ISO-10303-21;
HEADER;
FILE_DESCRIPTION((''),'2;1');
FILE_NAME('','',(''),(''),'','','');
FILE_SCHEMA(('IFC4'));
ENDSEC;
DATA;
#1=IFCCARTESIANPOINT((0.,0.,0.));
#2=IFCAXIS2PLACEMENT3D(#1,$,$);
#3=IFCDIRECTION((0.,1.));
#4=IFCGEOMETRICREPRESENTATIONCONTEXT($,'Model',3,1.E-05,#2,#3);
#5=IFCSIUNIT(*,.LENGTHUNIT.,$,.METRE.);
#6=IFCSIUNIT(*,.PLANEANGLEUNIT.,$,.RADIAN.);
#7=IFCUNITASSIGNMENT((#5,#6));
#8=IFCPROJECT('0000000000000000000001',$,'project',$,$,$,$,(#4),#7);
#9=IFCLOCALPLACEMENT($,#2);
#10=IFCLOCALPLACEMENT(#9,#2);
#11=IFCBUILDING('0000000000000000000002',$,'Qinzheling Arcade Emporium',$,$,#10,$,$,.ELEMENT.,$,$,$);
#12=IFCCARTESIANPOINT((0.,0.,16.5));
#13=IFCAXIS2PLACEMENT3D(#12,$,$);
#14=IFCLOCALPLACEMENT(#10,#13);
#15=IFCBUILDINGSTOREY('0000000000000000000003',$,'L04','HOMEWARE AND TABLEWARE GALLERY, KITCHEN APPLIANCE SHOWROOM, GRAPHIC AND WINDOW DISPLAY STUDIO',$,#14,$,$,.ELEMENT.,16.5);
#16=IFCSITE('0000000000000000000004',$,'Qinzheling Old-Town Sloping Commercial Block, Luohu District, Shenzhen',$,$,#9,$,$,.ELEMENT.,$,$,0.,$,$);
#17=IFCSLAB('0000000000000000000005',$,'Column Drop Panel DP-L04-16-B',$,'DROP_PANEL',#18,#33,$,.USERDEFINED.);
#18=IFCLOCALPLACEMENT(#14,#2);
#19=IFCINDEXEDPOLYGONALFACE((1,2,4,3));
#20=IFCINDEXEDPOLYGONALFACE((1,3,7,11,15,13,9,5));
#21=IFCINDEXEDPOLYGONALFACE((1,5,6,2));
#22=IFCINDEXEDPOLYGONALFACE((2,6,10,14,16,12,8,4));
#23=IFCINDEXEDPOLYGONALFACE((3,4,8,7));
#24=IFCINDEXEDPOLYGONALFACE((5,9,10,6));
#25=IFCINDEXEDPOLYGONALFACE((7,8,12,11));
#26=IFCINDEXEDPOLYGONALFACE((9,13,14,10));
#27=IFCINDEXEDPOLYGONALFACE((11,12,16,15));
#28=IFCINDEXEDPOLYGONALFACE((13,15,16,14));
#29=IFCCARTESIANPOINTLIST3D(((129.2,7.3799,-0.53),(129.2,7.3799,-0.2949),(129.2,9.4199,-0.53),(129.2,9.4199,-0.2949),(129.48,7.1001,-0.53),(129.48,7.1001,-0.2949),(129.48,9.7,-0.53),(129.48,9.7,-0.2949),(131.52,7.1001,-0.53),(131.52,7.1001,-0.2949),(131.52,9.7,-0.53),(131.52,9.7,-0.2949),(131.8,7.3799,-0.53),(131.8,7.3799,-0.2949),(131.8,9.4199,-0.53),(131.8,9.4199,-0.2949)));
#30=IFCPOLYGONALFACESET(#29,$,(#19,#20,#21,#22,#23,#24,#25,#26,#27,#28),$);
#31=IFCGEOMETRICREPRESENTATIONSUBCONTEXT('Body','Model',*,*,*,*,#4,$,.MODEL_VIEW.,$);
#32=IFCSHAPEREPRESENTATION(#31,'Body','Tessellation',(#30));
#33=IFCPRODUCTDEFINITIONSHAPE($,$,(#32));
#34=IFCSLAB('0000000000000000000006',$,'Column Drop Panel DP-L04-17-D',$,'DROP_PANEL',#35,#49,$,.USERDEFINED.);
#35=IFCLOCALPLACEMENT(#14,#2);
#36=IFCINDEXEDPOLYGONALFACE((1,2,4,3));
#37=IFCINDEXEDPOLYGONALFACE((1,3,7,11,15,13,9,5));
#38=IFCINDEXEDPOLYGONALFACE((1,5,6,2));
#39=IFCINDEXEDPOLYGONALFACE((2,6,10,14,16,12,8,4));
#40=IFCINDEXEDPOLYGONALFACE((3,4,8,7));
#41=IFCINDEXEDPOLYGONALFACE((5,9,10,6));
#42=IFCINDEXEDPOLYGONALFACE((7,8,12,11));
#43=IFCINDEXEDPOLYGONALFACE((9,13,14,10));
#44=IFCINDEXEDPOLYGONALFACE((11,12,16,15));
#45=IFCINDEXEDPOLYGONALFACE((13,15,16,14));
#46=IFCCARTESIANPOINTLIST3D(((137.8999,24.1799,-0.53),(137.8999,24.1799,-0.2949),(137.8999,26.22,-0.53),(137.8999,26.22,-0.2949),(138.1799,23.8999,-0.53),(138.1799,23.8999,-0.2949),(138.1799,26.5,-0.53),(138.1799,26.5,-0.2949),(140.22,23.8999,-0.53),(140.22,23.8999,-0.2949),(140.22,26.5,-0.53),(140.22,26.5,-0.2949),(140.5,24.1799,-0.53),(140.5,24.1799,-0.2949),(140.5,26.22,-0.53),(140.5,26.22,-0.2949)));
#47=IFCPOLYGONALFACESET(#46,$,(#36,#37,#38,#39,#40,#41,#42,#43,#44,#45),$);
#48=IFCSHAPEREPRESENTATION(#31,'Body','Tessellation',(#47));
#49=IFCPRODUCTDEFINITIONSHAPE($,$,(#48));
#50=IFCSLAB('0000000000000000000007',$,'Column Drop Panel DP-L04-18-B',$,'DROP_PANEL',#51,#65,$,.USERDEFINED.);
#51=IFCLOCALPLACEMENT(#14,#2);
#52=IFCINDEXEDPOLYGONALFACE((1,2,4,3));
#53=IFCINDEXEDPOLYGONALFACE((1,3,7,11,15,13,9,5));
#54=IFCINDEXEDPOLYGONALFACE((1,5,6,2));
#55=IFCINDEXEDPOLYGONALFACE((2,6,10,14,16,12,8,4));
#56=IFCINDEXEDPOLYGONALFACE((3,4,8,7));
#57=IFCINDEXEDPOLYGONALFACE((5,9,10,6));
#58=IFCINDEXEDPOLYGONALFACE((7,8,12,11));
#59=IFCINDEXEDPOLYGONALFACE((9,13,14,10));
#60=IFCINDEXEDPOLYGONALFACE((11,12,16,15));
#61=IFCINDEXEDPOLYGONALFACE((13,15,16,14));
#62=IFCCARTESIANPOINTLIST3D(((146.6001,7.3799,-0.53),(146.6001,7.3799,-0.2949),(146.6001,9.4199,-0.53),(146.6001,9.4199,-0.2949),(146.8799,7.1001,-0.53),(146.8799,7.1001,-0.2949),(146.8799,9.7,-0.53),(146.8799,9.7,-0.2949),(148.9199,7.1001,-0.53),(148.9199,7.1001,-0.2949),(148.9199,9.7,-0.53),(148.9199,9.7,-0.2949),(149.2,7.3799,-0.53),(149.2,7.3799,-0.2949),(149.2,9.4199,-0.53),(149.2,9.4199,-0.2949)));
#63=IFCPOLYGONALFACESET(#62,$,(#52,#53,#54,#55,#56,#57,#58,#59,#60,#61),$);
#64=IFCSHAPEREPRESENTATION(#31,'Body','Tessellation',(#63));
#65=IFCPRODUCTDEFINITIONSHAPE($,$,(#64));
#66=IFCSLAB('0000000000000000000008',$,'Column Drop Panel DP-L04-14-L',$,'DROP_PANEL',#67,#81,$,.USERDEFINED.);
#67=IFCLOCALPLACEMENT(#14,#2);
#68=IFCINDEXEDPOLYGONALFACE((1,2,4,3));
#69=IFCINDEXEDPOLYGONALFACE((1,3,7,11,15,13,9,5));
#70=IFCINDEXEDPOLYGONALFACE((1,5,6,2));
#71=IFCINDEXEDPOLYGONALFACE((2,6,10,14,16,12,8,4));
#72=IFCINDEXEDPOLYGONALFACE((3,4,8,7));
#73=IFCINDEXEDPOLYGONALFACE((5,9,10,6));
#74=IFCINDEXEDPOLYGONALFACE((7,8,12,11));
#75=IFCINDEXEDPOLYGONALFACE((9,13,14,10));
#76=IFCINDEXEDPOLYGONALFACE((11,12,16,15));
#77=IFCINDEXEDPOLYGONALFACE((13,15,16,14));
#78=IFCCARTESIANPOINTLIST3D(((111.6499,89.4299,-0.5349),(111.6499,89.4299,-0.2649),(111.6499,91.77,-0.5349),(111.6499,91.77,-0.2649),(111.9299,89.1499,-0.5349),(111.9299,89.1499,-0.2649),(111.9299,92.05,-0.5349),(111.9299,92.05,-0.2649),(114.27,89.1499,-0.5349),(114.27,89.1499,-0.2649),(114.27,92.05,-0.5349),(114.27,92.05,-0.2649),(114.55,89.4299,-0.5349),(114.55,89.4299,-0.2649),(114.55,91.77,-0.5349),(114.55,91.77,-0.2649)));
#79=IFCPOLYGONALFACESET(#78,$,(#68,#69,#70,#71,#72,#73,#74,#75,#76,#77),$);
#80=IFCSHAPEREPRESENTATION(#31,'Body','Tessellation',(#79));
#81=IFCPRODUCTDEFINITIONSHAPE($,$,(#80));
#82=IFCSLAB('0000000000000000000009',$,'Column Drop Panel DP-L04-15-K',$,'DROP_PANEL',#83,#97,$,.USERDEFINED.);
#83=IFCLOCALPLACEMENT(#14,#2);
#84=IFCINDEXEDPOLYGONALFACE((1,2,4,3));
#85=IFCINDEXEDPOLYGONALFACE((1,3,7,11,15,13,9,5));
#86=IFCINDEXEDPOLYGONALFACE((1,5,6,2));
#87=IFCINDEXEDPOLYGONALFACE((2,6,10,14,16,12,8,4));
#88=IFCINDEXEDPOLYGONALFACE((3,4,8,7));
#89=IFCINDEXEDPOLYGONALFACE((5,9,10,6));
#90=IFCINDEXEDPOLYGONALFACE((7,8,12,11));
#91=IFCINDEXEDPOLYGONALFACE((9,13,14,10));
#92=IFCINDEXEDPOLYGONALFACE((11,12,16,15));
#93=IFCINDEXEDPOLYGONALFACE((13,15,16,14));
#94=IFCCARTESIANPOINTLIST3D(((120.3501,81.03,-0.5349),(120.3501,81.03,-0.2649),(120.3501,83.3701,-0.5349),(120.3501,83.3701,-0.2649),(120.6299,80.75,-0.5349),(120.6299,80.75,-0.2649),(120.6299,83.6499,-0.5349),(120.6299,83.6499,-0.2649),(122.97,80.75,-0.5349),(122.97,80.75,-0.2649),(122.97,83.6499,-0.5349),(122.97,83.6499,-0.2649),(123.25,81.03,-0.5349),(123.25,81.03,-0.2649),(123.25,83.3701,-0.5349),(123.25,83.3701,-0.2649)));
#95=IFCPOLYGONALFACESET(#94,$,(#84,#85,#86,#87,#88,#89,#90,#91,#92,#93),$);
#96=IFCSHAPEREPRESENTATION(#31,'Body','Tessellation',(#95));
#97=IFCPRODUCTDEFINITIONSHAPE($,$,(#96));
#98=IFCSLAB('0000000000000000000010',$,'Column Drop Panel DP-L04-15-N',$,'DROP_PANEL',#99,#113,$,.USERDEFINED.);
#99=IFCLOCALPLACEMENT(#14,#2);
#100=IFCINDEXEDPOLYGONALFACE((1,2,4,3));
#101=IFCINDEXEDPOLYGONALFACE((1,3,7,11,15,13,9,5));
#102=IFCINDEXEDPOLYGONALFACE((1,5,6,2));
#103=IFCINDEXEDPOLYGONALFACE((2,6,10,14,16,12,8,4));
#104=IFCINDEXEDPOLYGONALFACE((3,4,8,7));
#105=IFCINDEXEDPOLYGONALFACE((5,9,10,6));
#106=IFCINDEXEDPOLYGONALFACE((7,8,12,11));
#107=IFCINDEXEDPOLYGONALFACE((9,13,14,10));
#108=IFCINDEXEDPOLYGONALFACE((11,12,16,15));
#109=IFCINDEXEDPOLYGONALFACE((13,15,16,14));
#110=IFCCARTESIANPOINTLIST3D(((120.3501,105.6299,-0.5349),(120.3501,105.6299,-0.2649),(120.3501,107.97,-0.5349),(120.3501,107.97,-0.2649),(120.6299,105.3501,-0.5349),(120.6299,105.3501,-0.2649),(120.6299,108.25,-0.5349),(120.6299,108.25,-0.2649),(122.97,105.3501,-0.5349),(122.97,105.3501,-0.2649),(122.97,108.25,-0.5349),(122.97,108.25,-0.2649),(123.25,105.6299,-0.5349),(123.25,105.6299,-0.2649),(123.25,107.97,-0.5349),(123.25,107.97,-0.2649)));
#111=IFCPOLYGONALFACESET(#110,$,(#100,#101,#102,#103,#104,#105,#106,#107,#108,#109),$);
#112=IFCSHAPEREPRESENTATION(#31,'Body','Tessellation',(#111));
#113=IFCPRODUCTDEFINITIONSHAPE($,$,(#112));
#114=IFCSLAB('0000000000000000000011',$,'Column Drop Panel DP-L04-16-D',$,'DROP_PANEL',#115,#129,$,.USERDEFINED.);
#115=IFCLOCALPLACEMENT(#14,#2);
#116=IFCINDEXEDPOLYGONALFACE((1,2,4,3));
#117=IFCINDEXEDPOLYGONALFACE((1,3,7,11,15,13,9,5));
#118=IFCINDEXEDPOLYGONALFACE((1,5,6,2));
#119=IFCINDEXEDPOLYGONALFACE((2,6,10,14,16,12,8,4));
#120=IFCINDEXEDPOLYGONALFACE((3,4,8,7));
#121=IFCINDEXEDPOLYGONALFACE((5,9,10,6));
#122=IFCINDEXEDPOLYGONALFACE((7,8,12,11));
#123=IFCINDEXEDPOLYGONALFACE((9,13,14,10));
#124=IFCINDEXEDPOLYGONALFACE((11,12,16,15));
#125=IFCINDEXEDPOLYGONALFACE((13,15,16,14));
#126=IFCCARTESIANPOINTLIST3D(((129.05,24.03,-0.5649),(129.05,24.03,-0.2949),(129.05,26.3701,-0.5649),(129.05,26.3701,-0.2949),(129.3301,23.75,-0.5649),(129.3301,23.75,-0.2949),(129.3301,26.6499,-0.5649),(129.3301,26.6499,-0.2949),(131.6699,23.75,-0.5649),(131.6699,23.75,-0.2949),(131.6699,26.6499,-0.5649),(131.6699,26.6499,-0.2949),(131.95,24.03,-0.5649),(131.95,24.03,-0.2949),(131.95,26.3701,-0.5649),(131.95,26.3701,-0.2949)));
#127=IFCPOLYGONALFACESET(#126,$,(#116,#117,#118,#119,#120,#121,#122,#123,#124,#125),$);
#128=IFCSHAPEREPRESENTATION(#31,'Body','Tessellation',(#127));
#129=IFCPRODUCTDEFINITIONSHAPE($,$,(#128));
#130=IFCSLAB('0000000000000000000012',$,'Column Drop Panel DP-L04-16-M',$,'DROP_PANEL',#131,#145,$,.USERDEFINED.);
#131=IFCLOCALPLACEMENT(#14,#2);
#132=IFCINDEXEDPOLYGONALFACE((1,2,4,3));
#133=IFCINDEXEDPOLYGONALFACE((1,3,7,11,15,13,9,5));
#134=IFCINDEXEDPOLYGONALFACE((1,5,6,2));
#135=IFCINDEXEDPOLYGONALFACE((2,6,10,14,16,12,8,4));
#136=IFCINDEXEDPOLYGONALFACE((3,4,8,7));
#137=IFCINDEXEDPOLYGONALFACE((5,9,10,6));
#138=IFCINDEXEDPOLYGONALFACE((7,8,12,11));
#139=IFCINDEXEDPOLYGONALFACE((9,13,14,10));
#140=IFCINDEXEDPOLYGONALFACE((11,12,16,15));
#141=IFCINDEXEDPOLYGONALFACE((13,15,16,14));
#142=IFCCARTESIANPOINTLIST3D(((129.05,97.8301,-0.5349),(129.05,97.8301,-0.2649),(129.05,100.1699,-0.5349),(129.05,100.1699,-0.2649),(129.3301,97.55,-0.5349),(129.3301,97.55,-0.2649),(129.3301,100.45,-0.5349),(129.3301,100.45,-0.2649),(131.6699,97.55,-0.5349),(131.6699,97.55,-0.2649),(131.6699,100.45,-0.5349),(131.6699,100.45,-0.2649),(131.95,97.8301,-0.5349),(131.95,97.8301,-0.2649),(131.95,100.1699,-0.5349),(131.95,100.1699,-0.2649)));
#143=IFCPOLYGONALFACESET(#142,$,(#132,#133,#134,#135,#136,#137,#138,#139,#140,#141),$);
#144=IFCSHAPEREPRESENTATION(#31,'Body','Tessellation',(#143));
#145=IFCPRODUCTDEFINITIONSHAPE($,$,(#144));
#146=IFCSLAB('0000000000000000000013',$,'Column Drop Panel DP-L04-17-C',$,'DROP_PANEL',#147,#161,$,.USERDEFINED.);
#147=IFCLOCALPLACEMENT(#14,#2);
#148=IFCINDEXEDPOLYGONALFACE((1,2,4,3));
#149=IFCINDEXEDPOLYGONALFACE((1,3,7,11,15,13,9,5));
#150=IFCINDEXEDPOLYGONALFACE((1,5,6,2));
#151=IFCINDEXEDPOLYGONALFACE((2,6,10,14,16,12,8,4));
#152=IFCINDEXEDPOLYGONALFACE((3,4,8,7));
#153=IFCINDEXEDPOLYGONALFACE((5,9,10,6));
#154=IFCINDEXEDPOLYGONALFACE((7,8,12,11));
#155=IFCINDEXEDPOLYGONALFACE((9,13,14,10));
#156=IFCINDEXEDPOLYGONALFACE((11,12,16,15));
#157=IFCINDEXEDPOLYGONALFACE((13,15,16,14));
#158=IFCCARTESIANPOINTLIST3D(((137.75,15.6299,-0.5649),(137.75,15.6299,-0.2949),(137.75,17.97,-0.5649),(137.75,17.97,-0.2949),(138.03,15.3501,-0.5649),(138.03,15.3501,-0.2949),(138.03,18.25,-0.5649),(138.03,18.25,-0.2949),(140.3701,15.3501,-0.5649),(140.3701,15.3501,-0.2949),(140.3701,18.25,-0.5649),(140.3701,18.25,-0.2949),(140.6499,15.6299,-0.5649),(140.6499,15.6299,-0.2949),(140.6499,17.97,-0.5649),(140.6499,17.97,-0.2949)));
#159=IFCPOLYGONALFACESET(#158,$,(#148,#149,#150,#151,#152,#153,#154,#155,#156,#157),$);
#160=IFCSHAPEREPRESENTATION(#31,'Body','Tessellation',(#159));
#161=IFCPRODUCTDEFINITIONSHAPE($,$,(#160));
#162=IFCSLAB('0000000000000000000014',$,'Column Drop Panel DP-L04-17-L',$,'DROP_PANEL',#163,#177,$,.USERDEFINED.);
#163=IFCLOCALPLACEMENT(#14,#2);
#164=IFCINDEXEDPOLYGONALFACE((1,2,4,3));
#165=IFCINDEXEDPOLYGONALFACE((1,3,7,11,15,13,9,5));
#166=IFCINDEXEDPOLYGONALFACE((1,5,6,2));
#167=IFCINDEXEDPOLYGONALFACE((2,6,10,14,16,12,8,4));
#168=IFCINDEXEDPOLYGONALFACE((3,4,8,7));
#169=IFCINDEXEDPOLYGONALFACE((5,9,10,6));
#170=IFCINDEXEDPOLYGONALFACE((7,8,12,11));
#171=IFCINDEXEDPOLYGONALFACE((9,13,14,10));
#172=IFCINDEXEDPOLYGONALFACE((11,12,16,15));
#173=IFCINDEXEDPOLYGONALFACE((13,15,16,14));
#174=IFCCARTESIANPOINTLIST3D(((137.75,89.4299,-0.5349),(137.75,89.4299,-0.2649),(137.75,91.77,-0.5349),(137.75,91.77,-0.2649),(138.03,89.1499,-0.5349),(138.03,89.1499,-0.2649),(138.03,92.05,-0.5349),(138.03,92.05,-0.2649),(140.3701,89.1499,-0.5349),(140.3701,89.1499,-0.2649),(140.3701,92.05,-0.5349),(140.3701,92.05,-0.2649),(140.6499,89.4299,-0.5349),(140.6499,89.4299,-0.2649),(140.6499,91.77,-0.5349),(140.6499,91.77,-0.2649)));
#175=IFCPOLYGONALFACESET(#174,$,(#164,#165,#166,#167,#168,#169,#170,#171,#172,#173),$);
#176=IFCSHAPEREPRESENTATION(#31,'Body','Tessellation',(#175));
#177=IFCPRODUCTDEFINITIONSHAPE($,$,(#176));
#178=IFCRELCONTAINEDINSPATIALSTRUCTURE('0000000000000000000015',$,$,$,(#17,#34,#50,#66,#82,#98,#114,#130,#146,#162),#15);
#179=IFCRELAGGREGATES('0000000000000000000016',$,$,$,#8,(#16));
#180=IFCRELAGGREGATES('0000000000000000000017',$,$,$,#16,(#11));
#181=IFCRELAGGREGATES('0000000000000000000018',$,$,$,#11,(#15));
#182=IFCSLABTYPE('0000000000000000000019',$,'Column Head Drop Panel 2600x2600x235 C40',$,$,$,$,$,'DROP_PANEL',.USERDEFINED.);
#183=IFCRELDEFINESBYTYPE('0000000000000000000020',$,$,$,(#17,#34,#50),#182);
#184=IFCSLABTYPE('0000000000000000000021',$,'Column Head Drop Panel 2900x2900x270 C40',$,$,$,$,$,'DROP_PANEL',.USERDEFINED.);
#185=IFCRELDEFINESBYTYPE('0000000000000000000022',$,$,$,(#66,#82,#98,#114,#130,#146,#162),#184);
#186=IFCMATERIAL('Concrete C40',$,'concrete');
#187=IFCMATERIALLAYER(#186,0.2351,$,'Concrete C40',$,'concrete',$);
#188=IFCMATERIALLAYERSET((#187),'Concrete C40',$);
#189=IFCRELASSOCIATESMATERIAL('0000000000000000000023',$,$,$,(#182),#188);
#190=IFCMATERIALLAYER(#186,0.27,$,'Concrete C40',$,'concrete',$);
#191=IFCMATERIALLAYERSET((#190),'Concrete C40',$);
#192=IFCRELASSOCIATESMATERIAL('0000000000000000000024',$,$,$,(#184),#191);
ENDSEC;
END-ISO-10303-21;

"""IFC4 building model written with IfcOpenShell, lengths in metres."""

from ifc_helpers import new_model, si_unit, direction, frame, origin, place, context, subcontext, project, spatial, polyline, outline, extrude, material, layer, layer_set, type_object, element, save


model = new_model("IFC4")

# Units and contexts
model_context = context("Model", 3, precision=1e-05, world=origin(), true_north=direction((0.0, 1.0)))
body_context = subcontext(model_context, "Body", "Model", "MODEL_VIEW")
ifc_project = project(units=[si_unit("LENGTHUNIT", "METRE"), si_unit("PLANEANGLEUNIT", "RADIAN")], contexts=[model_context])

# Site, building, storey
site_placement = place(None, origin())
site = spatial("IfcSite", under=ifc_project, at=site_placement, Name="Qinzheling Old-Town Sloping Commercial Block, Luohu District, Shenzhen", CompositionType="ELEMENT", RefElevation=0.0)
building_placement = place(site_placement, origin())
building = spatial("IfcBuilding", under=site, at=building_placement, Name="Qinzheling Arcade Emporium", CompositionType="ELEMENT")
storey_placement = place(building_placement, frame((0.0, 0.0, 16.5)))
storey = spatial("IfcBuildingStorey", under=building, at=storey_placement, Name="L04", Description="HOMEWARE AND TABLEWARE GALLERY, KITCHEN APPLIANCE SHOWROOM, GRAPHIC AND WINDOW DISPLAY STUDIO", CompositionType="ELEMENT", Elevation=16.5)

# Slabs
ifc_material = material(Name="Concrete C40", Category="concrete")
ifc_layer_1 = layer(ifc_material, 0.2351, Name="Concrete C40", Category="concrete")
ifc_layer_set_1 = layer_set([ifc_layer_1], Name="Concrete C40")
slab_type_1 = type_object("IfcSlabType", Name="Column Head Drop Panel 2600x2600x235 C40", ElementType="DROP_PANEL", PredefinedType="USERDEFINED", material=ifc_layer_set_1)
slab_1_placement = place(storey_placement, frame((0.0, 0.0, -0.53)))
element("IfcSlab", 1, at=slab_1_placement, inside=storey, type_object=slab_type_1, Name="Column Drop Panel DP-L04-16-B", ObjectType="DROP_PANEL", PredefinedType="USERDEFINED", context=body_context, shape_type="SweptSolid", body=[
    extrude(outline(polyline([(129.48, 7.1001), (131.52, 7.1001), (131.8, 7.3799), (131.8, 9.4199), (131.52, 9.7), (129.48, 9.7), (129.2, 9.4199), (129.2, 7.3799), (129.48, 7.1001)])), origin(), (0.0, 0.0, 1.0), 0.2351),
])
slab_2_placement = place(storey_placement, frame((0.0, 0.0, -0.53)))
element("IfcSlab", 2, at=slab_2_placement, inside=storey, type_object=slab_type_1, Name="Column Drop Panel DP-L04-17-D", ObjectType="DROP_PANEL", PredefinedType="USERDEFINED", context=body_context, shape_type="SweptSolid", body=[
    extrude(outline(polyline([(138.1799, 23.8999), (140.22, 23.8999), (140.5, 24.1799), (140.5, 26.22), (140.22, 26.5), (138.1799, 26.5), (137.8999, 26.22), (137.8999, 24.1799), (138.1799, 23.8999)])), origin(), (0.0, 0.0, 1.0), 0.2351),
])
slab_3_placement = place(storey_placement, frame((0.0, 0.0, -0.53)))
element("IfcSlab", 3, at=slab_3_placement, inside=storey, type_object=slab_type_1, Name="Column Drop Panel DP-L04-18-B", ObjectType="DROP_PANEL", PredefinedType="USERDEFINED", context=body_context, shape_type="SweptSolid", body=[
    extrude(outline(polyline([(146.8799, 7.1001), (148.9199, 7.1001), (149.2, 7.3799), (149.2, 9.4199), (148.9199, 9.7), (146.8799, 9.7), (146.6001, 9.4199), (146.6001, 7.3799), (146.8799, 7.1001)])), origin(), (0.0, 0.0, 1.0), 0.2351),
])
ifc_layer_2 = layer(ifc_material, 0.27, Name="Concrete C40", Category="concrete")
ifc_layer_set_2 = layer_set([ifc_layer_2], Name="Concrete C40")
slab_type_2 = type_object("IfcSlabType", Name="Column Head Drop Panel 2900x2900x270 C40", ElementType="DROP_PANEL", PredefinedType="USERDEFINED", material=ifc_layer_set_2)
slab_4_placement = place(storey_placement, frame((0.0, 0.0, -0.5349)))
element("IfcSlab", 4, at=slab_4_placement, inside=storey, type_object=slab_type_2, Name="Column Drop Panel DP-L04-14-L", ObjectType="DROP_PANEL", PredefinedType="USERDEFINED", context=body_context, shape_type="SweptSolid", body=[
    extrude(outline(polyline([(111.9299, 89.1499), (114.27, 89.1499), (114.55, 89.4299), (114.55, 91.77), (114.27, 92.05), (111.9299, 92.05), (111.6499, 91.77), (111.6499, 89.4299), (111.9299, 89.1499)])), origin(), (0.0, 0.0, 1.0), 0.27),
])
slab_5_placement = place(storey_placement, frame((0.0, 0.0, -0.5349)))
element("IfcSlab", 5, at=slab_5_placement, inside=storey, type_object=slab_type_2, Name="Column Drop Panel DP-L04-15-K", ObjectType="DROP_PANEL", PredefinedType="USERDEFINED", context=body_context, shape_type="SweptSolid", body=[
    extrude(outline(polyline([(120.6299, 80.75), (122.97, 80.75), (123.25, 81.03), (123.25, 83.3701), (122.97, 83.6499), (120.6299, 83.6499), (120.3501, 83.3701), (120.3501, 81.03), (120.6299, 80.75)])), origin(), (0.0, 0.0, 1.0), 0.27),
])
slab_6_placement = place(storey_placement, frame((0.0, 0.0, -0.5349)))
element("IfcSlab", 6, at=slab_6_placement, inside=storey, type_object=slab_type_2, Name="Column Drop Panel DP-L04-15-N", ObjectType="DROP_PANEL", PredefinedType="USERDEFINED", context=body_context, shape_type="SweptSolid", body=[
    extrude(outline(polyline([(120.6299, 105.3501), (122.97, 105.3501), (123.25, 105.6299), (123.25, 107.97), (122.97, 108.25), (120.6299, 108.25), (120.3501, 107.97), (120.3501, 105.6299), (120.6299, 105.3501)])), origin(), (0.0, 0.0, 1.0), 0.27),
])
slab_7_placement = place(storey_placement, frame((0.0, 0.0, -0.5649)))
element("IfcSlab", 7, at=slab_7_placement, inside=storey, type_object=slab_type_2, Name="Column Drop Panel DP-L04-16-D", ObjectType="DROP_PANEL", PredefinedType="USERDEFINED", context=body_context, shape_type="SweptSolid", body=[
    extrude(outline(polyline([(129.3301, 23.75), (131.6699, 23.75), (131.95, 24.03), (131.95, 26.3701), (131.6699, 26.6499), (129.3301, 26.6499), (129.05, 26.3701), (129.05, 24.03), (129.3301, 23.75)])), origin(), (0.0, 0.0, 1.0), 0.27),
])
slab_8_placement = place(storey_placement, frame((0.0, 0.0, -0.5349)))
element("IfcSlab", 8, at=slab_8_placement, inside=storey, type_object=slab_type_2, Name="Column Drop Panel DP-L04-16-M", ObjectType="DROP_PANEL", PredefinedType="USERDEFINED", context=body_context, shape_type="SweptSolid", body=[
    extrude(outline(polyline([(129.3301, 97.55), (131.6699, 97.55), (131.95, 97.8301), (131.95, 100.1699), (131.6699, 100.45), (129.3301, 100.45), (129.05, 100.1699), (129.05, 97.8301), (129.3301, 97.55)])), origin(), (0.0, 0.0, 1.0), 0.27),
])
slab_9_placement = place(storey_placement, frame((0.0, 0.0, -0.5649)))
element("IfcSlab", 9, at=slab_9_placement, inside=storey, type_object=slab_type_2, Name="Column Drop Panel DP-L04-17-C", ObjectType="DROP_PANEL", PredefinedType="USERDEFINED", context=body_context, shape_type="SweptSolid", body=[
    extrude(outline(polyline([(138.03, 15.3501), (140.3701, 15.3501), (140.6499, 15.6299), (140.6499, 17.97), (140.3701, 18.25), (138.03, 18.25), (137.75, 17.97), (137.75, 15.6299), (138.03, 15.3501)])), origin(), (0.0, 0.0, 1.0), 0.27),
])
slab_10_placement = place(storey_placement, frame((0.0, 0.0, -0.5349)))
element("IfcSlab", 10, at=slab_10_placement, inside=storey, type_object=slab_type_2, Name="Column Drop Panel DP-L04-17-L", ObjectType="DROP_PANEL", PredefinedType="USERDEFINED", context=body_context, shape_type="SweptSolid", body=[
    extrude(outline(polyline([(138.03, 89.1499), (140.3701, 89.1499), (140.6499, 89.4299), (140.6499, 91.77), (140.3701, 92.05), (138.03, 92.05), (137.75, 91.77), (137.75, 89.4299), (138.03, 89.1499)])), origin(), (0.0, 0.0, 1.0), 0.27),
])

save(model, "model.ifc")
